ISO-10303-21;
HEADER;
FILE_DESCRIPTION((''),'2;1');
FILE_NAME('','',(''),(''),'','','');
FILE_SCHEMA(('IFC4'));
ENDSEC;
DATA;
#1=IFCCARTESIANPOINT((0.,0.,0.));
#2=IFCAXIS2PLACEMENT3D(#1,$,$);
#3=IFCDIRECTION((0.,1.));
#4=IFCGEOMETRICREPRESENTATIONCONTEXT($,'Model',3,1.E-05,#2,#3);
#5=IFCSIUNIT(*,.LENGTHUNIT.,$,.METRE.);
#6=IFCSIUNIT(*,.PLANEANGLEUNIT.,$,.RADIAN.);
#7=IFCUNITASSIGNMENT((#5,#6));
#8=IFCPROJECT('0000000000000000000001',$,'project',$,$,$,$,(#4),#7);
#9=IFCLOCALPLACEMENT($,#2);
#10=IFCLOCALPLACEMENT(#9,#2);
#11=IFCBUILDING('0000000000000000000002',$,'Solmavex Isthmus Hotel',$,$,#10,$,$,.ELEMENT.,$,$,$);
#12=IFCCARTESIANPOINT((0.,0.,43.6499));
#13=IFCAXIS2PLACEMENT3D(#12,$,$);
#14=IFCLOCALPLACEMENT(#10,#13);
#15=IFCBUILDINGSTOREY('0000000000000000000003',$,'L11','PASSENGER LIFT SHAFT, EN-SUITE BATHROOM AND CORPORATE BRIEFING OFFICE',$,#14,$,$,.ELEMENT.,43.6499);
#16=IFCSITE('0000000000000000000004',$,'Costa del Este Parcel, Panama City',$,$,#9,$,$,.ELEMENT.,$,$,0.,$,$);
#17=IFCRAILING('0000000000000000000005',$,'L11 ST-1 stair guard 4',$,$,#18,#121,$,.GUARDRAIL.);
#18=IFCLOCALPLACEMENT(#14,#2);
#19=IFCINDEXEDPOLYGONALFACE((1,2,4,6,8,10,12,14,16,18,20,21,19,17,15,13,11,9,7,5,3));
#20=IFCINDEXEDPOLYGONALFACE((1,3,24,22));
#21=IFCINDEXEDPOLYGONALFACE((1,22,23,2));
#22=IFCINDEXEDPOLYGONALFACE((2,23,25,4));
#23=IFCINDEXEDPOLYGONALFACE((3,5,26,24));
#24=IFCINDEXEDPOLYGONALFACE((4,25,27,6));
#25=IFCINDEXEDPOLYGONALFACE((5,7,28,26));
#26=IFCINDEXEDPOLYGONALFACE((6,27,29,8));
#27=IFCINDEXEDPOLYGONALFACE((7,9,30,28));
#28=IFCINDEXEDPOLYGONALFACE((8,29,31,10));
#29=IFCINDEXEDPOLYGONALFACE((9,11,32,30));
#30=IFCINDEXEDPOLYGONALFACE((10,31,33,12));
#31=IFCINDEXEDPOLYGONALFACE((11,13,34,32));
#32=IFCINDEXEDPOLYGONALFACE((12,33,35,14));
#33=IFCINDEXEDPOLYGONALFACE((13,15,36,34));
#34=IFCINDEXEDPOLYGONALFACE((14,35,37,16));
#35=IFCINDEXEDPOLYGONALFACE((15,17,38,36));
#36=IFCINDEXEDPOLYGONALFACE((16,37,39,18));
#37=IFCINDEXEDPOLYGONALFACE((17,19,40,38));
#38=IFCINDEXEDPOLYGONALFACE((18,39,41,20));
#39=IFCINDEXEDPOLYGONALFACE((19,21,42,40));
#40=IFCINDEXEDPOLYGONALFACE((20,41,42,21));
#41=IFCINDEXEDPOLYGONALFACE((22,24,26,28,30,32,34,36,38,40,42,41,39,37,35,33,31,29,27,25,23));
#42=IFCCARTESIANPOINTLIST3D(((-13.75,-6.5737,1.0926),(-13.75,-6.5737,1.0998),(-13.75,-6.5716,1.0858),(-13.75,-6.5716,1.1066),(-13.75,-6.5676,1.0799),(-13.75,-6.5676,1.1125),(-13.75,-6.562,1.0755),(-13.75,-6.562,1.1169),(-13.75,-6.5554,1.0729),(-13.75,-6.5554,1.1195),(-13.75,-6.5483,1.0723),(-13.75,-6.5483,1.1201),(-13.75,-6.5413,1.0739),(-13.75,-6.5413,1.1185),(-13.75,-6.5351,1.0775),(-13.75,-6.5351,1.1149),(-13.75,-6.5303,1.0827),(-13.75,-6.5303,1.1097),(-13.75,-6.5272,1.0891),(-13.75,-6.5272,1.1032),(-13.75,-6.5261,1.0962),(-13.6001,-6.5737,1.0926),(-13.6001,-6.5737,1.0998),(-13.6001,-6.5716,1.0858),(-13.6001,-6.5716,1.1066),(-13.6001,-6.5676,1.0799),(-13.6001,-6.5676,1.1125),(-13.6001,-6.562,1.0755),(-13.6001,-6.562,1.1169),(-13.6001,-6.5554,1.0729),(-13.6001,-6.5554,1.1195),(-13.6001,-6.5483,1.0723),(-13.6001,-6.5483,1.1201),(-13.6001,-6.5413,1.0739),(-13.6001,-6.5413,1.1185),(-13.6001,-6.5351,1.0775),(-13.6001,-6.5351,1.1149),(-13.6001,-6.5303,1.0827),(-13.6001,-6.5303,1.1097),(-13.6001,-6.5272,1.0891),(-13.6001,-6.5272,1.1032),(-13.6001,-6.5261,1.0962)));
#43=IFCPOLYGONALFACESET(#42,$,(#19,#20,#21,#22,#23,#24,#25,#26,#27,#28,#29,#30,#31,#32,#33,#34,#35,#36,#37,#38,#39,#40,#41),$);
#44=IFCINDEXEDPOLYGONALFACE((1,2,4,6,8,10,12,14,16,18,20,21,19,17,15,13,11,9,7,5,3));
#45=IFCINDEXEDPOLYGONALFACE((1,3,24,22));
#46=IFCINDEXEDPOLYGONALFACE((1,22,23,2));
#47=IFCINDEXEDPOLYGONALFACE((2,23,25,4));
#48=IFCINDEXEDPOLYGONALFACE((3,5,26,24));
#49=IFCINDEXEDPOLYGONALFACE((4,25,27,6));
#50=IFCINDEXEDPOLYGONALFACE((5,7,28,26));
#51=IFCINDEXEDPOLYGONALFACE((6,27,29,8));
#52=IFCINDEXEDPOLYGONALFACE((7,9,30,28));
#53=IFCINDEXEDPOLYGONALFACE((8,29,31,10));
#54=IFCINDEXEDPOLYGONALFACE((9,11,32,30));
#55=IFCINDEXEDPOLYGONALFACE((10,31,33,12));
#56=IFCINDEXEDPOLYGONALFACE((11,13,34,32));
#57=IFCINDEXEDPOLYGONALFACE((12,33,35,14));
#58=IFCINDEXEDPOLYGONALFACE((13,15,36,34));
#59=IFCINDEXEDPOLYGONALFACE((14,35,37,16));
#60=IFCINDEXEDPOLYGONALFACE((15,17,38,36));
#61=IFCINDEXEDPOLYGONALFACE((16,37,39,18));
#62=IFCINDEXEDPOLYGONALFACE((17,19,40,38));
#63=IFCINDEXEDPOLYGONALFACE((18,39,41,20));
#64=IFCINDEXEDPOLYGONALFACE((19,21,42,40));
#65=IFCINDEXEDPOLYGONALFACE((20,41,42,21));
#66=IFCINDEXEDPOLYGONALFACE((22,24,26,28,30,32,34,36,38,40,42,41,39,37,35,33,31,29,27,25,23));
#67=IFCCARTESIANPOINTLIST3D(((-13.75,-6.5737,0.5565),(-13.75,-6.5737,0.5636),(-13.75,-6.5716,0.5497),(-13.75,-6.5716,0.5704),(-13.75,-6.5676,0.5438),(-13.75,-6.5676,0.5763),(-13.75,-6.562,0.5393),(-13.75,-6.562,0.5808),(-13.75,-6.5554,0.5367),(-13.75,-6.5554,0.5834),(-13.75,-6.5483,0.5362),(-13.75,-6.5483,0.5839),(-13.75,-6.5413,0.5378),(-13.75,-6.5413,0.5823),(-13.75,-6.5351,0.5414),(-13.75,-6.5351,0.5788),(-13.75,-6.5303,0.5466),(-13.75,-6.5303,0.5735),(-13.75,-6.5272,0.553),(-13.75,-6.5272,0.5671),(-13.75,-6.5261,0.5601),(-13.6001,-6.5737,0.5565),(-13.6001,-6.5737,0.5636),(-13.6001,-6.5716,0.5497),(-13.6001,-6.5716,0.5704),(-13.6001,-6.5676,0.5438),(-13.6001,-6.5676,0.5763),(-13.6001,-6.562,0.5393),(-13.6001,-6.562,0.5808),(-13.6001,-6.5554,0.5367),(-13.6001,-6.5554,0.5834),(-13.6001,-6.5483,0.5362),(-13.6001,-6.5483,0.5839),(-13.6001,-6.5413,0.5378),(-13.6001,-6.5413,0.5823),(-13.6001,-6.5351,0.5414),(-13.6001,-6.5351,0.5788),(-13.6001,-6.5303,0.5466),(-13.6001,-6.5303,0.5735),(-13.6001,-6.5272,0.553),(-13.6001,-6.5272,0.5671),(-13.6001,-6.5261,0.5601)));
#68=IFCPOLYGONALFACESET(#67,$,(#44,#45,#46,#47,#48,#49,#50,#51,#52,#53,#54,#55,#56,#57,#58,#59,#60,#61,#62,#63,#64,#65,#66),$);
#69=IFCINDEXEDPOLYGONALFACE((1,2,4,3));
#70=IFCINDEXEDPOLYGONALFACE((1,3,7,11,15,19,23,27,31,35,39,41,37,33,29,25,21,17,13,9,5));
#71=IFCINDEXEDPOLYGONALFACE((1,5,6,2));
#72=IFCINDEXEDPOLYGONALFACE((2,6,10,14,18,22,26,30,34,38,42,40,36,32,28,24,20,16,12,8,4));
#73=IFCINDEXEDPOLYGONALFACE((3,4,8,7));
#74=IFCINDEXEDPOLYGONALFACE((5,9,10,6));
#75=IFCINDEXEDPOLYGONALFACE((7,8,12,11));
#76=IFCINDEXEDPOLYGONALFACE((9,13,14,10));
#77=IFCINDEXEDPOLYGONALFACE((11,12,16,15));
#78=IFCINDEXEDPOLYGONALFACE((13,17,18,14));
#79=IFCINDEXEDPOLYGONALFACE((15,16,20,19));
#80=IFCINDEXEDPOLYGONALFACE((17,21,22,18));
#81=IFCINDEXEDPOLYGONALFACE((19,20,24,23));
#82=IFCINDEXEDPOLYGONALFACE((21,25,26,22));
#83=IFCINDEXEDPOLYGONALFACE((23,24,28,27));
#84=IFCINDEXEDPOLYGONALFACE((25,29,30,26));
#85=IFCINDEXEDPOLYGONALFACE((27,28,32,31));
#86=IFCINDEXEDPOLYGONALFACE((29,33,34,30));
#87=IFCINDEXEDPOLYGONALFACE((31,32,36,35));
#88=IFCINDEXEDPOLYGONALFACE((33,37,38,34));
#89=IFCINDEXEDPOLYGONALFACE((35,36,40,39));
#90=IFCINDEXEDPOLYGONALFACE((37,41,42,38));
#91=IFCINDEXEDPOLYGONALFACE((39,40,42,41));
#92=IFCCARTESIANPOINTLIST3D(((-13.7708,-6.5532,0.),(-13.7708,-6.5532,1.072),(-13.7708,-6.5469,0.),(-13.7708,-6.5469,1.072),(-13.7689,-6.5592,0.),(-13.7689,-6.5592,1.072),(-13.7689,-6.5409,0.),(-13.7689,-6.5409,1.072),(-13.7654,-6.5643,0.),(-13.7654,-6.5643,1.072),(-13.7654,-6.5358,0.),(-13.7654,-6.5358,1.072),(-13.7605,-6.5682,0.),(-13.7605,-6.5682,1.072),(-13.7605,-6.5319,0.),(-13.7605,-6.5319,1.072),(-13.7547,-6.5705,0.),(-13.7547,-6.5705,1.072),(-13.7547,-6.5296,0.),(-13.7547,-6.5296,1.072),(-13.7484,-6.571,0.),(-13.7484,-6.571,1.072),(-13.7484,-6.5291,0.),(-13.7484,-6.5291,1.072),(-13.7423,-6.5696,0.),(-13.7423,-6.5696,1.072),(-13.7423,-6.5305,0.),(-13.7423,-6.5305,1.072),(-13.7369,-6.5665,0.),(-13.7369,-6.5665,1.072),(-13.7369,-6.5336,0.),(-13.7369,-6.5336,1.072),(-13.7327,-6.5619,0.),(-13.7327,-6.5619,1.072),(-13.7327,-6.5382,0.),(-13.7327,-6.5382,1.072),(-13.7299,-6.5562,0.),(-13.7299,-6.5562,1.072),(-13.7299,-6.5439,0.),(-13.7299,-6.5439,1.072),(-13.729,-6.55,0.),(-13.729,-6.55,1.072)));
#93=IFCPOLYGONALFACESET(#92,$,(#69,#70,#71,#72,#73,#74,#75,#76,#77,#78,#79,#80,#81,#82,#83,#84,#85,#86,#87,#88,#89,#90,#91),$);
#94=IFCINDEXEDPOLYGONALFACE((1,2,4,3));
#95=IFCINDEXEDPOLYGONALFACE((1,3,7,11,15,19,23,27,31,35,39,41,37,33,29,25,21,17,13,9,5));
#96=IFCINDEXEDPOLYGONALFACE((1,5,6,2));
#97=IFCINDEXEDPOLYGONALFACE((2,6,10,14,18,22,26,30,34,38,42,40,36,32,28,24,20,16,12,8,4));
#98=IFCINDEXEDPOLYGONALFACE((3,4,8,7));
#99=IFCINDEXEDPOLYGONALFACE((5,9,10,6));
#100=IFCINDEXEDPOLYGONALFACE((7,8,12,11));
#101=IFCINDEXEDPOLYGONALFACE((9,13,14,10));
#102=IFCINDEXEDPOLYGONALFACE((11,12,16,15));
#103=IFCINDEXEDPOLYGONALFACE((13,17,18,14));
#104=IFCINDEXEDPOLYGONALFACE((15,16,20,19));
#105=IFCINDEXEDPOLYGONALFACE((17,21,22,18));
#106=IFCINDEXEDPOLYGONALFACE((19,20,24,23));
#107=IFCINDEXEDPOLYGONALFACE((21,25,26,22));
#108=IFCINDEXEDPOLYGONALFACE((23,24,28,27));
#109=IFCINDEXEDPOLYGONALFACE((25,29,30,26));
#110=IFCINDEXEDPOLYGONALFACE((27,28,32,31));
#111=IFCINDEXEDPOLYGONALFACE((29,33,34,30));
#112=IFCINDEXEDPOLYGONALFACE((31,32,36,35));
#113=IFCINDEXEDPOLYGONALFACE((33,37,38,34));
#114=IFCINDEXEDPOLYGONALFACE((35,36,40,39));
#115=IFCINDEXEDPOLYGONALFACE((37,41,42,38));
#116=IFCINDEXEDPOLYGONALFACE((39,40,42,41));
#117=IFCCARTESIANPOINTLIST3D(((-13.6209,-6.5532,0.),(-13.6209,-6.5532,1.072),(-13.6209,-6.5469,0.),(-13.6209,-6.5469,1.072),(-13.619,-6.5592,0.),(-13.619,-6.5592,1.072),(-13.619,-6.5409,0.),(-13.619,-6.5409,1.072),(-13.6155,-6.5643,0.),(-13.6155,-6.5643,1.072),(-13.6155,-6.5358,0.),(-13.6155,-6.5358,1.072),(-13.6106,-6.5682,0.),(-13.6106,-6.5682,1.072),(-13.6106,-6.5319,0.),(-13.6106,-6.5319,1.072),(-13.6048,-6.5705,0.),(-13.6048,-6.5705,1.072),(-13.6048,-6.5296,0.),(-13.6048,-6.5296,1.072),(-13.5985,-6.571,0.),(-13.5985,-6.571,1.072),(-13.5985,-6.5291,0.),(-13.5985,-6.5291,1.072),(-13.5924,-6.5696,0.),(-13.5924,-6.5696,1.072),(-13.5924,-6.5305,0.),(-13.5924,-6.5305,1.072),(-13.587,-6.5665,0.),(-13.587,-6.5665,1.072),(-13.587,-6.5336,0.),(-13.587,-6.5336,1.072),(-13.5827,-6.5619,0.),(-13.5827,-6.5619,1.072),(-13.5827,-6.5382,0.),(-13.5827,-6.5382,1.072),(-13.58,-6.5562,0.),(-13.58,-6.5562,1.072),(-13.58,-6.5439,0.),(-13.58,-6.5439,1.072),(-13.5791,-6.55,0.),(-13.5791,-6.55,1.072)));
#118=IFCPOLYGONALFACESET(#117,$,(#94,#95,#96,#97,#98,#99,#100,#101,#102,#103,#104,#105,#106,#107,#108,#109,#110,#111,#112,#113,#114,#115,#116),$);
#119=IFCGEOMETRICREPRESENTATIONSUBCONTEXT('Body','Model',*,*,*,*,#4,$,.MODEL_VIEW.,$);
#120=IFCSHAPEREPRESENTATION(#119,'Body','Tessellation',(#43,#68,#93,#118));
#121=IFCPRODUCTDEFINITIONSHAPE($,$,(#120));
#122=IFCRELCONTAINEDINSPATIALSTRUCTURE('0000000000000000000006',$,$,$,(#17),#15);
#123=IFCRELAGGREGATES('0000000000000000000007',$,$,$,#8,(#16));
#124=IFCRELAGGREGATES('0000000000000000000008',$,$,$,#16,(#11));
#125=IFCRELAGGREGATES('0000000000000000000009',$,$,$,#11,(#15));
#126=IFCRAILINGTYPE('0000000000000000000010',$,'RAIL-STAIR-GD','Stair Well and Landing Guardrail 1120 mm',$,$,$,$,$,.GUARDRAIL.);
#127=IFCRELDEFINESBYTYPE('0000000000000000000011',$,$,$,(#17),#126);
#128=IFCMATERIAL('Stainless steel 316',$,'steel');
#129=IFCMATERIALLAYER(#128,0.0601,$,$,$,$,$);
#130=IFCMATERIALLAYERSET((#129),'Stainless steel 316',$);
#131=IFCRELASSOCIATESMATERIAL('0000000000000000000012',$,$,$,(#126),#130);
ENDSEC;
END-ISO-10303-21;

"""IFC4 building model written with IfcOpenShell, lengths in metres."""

from ifc_helpers import new_model, si_unit, direction, frame, origin, origin_2d, place, context, subcontext, project, spatial, circle, extrude, material, layer, layer_set, type_object, element, save


model = new_model("IFC4")

# Units and contexts
model_context = context("Model", 3, precision=1e-05, world=origin(), true_north=direction((0.0, 1.0)))
body_context = subcontext(model_context, "Body", "Model", "MODEL_VIEW")
ifc_project = project(units=[si_unit("LENGTHUNIT", "METRE"), si_unit("PLANEANGLEUNIT", "RADIAN")], contexts=[model_context])

# Site, building, storey
site_placement = place(None, origin())
site = spatial("IfcSite", under=ifc_project, at=site_placement, Name="Costa del Este Parcel, Panama City", CompositionType="ELEMENT", RefElevation=0.0)
building_placement = place(site_placement, origin())
building = spatial("IfcBuilding", under=site, at=building_placement, Name="Solmavex Isthmus Hotel", CompositionType="ELEMENT")
storey_placement = place(building_placement, frame((0.0, 0.0, 43.6499)))
storey = spatial("IfcBuildingStorey", under=building, at=storey_placement, Name="L11", Description="PASSENGER LIFT SHAFT, EN-SUITE BATHROOM AND CORPORATE BRIEFING OFFICE", CompositionType="ELEMENT", Elevation=43.6499)

# Shared definitions
ifc_material_1 = material(Name="Stainless steel 316", Category="steel")

# Railing
ifc_layer_1 = layer(ifc_material_1, 0.0601)
ifc_layer_set_1 = layer_set([ifc_layer_1], Name="Stainless steel 316")
railing_type_1 = type_object("IfcRailingType", Name="RAIL-STAIR-GD", Description="Stair Well and Landing Guardrail 1120 mm", PredefinedType="GUARDRAIL", material=ifc_layer_set_1)
railing_1_placement = place(storey_placement, frame((-13.75, -6.55, 0.0)))
element("IfcRailing", 1, at=railing_1_placement, inside=storey, type_object=railing_type_1, Name="L11 ST-1 stair guard 4", PredefinedType="GUARDRAIL", context=body_context, shape_type="SweptSolid", body=[
    extrude(circle(Radius=0.0239, at=origin_2d()), frame((0.0, 0.0, 1.0962), z_axis=(1.0, 0.0, 0.0), x_axis=(0.0, 1.0, 0.0)), (0.0, 0.0, 1.0), 0.1499),
    extrude(circle(Radius=0.0239, at=origin_2d()), frame((0.0, 0.0, 0.5601), z_axis=(1.0, 0.0, 0.0), x_axis=(0.0, 1.0, 0.0)), (0.0, 0.0, 1.0), 0.1499),
    extrude(circle(Radius=0.021, at=origin_2d()), origin(), (0.0, 0.0, 1.0), 1.072),
    extrude(circle(Radius=0.021, at=origin_2d()), frame((0.1499, 0.0, 0.0)), (0.0, 0.0, 1.0), 1.072),
])

save(model, "model.ifc")
